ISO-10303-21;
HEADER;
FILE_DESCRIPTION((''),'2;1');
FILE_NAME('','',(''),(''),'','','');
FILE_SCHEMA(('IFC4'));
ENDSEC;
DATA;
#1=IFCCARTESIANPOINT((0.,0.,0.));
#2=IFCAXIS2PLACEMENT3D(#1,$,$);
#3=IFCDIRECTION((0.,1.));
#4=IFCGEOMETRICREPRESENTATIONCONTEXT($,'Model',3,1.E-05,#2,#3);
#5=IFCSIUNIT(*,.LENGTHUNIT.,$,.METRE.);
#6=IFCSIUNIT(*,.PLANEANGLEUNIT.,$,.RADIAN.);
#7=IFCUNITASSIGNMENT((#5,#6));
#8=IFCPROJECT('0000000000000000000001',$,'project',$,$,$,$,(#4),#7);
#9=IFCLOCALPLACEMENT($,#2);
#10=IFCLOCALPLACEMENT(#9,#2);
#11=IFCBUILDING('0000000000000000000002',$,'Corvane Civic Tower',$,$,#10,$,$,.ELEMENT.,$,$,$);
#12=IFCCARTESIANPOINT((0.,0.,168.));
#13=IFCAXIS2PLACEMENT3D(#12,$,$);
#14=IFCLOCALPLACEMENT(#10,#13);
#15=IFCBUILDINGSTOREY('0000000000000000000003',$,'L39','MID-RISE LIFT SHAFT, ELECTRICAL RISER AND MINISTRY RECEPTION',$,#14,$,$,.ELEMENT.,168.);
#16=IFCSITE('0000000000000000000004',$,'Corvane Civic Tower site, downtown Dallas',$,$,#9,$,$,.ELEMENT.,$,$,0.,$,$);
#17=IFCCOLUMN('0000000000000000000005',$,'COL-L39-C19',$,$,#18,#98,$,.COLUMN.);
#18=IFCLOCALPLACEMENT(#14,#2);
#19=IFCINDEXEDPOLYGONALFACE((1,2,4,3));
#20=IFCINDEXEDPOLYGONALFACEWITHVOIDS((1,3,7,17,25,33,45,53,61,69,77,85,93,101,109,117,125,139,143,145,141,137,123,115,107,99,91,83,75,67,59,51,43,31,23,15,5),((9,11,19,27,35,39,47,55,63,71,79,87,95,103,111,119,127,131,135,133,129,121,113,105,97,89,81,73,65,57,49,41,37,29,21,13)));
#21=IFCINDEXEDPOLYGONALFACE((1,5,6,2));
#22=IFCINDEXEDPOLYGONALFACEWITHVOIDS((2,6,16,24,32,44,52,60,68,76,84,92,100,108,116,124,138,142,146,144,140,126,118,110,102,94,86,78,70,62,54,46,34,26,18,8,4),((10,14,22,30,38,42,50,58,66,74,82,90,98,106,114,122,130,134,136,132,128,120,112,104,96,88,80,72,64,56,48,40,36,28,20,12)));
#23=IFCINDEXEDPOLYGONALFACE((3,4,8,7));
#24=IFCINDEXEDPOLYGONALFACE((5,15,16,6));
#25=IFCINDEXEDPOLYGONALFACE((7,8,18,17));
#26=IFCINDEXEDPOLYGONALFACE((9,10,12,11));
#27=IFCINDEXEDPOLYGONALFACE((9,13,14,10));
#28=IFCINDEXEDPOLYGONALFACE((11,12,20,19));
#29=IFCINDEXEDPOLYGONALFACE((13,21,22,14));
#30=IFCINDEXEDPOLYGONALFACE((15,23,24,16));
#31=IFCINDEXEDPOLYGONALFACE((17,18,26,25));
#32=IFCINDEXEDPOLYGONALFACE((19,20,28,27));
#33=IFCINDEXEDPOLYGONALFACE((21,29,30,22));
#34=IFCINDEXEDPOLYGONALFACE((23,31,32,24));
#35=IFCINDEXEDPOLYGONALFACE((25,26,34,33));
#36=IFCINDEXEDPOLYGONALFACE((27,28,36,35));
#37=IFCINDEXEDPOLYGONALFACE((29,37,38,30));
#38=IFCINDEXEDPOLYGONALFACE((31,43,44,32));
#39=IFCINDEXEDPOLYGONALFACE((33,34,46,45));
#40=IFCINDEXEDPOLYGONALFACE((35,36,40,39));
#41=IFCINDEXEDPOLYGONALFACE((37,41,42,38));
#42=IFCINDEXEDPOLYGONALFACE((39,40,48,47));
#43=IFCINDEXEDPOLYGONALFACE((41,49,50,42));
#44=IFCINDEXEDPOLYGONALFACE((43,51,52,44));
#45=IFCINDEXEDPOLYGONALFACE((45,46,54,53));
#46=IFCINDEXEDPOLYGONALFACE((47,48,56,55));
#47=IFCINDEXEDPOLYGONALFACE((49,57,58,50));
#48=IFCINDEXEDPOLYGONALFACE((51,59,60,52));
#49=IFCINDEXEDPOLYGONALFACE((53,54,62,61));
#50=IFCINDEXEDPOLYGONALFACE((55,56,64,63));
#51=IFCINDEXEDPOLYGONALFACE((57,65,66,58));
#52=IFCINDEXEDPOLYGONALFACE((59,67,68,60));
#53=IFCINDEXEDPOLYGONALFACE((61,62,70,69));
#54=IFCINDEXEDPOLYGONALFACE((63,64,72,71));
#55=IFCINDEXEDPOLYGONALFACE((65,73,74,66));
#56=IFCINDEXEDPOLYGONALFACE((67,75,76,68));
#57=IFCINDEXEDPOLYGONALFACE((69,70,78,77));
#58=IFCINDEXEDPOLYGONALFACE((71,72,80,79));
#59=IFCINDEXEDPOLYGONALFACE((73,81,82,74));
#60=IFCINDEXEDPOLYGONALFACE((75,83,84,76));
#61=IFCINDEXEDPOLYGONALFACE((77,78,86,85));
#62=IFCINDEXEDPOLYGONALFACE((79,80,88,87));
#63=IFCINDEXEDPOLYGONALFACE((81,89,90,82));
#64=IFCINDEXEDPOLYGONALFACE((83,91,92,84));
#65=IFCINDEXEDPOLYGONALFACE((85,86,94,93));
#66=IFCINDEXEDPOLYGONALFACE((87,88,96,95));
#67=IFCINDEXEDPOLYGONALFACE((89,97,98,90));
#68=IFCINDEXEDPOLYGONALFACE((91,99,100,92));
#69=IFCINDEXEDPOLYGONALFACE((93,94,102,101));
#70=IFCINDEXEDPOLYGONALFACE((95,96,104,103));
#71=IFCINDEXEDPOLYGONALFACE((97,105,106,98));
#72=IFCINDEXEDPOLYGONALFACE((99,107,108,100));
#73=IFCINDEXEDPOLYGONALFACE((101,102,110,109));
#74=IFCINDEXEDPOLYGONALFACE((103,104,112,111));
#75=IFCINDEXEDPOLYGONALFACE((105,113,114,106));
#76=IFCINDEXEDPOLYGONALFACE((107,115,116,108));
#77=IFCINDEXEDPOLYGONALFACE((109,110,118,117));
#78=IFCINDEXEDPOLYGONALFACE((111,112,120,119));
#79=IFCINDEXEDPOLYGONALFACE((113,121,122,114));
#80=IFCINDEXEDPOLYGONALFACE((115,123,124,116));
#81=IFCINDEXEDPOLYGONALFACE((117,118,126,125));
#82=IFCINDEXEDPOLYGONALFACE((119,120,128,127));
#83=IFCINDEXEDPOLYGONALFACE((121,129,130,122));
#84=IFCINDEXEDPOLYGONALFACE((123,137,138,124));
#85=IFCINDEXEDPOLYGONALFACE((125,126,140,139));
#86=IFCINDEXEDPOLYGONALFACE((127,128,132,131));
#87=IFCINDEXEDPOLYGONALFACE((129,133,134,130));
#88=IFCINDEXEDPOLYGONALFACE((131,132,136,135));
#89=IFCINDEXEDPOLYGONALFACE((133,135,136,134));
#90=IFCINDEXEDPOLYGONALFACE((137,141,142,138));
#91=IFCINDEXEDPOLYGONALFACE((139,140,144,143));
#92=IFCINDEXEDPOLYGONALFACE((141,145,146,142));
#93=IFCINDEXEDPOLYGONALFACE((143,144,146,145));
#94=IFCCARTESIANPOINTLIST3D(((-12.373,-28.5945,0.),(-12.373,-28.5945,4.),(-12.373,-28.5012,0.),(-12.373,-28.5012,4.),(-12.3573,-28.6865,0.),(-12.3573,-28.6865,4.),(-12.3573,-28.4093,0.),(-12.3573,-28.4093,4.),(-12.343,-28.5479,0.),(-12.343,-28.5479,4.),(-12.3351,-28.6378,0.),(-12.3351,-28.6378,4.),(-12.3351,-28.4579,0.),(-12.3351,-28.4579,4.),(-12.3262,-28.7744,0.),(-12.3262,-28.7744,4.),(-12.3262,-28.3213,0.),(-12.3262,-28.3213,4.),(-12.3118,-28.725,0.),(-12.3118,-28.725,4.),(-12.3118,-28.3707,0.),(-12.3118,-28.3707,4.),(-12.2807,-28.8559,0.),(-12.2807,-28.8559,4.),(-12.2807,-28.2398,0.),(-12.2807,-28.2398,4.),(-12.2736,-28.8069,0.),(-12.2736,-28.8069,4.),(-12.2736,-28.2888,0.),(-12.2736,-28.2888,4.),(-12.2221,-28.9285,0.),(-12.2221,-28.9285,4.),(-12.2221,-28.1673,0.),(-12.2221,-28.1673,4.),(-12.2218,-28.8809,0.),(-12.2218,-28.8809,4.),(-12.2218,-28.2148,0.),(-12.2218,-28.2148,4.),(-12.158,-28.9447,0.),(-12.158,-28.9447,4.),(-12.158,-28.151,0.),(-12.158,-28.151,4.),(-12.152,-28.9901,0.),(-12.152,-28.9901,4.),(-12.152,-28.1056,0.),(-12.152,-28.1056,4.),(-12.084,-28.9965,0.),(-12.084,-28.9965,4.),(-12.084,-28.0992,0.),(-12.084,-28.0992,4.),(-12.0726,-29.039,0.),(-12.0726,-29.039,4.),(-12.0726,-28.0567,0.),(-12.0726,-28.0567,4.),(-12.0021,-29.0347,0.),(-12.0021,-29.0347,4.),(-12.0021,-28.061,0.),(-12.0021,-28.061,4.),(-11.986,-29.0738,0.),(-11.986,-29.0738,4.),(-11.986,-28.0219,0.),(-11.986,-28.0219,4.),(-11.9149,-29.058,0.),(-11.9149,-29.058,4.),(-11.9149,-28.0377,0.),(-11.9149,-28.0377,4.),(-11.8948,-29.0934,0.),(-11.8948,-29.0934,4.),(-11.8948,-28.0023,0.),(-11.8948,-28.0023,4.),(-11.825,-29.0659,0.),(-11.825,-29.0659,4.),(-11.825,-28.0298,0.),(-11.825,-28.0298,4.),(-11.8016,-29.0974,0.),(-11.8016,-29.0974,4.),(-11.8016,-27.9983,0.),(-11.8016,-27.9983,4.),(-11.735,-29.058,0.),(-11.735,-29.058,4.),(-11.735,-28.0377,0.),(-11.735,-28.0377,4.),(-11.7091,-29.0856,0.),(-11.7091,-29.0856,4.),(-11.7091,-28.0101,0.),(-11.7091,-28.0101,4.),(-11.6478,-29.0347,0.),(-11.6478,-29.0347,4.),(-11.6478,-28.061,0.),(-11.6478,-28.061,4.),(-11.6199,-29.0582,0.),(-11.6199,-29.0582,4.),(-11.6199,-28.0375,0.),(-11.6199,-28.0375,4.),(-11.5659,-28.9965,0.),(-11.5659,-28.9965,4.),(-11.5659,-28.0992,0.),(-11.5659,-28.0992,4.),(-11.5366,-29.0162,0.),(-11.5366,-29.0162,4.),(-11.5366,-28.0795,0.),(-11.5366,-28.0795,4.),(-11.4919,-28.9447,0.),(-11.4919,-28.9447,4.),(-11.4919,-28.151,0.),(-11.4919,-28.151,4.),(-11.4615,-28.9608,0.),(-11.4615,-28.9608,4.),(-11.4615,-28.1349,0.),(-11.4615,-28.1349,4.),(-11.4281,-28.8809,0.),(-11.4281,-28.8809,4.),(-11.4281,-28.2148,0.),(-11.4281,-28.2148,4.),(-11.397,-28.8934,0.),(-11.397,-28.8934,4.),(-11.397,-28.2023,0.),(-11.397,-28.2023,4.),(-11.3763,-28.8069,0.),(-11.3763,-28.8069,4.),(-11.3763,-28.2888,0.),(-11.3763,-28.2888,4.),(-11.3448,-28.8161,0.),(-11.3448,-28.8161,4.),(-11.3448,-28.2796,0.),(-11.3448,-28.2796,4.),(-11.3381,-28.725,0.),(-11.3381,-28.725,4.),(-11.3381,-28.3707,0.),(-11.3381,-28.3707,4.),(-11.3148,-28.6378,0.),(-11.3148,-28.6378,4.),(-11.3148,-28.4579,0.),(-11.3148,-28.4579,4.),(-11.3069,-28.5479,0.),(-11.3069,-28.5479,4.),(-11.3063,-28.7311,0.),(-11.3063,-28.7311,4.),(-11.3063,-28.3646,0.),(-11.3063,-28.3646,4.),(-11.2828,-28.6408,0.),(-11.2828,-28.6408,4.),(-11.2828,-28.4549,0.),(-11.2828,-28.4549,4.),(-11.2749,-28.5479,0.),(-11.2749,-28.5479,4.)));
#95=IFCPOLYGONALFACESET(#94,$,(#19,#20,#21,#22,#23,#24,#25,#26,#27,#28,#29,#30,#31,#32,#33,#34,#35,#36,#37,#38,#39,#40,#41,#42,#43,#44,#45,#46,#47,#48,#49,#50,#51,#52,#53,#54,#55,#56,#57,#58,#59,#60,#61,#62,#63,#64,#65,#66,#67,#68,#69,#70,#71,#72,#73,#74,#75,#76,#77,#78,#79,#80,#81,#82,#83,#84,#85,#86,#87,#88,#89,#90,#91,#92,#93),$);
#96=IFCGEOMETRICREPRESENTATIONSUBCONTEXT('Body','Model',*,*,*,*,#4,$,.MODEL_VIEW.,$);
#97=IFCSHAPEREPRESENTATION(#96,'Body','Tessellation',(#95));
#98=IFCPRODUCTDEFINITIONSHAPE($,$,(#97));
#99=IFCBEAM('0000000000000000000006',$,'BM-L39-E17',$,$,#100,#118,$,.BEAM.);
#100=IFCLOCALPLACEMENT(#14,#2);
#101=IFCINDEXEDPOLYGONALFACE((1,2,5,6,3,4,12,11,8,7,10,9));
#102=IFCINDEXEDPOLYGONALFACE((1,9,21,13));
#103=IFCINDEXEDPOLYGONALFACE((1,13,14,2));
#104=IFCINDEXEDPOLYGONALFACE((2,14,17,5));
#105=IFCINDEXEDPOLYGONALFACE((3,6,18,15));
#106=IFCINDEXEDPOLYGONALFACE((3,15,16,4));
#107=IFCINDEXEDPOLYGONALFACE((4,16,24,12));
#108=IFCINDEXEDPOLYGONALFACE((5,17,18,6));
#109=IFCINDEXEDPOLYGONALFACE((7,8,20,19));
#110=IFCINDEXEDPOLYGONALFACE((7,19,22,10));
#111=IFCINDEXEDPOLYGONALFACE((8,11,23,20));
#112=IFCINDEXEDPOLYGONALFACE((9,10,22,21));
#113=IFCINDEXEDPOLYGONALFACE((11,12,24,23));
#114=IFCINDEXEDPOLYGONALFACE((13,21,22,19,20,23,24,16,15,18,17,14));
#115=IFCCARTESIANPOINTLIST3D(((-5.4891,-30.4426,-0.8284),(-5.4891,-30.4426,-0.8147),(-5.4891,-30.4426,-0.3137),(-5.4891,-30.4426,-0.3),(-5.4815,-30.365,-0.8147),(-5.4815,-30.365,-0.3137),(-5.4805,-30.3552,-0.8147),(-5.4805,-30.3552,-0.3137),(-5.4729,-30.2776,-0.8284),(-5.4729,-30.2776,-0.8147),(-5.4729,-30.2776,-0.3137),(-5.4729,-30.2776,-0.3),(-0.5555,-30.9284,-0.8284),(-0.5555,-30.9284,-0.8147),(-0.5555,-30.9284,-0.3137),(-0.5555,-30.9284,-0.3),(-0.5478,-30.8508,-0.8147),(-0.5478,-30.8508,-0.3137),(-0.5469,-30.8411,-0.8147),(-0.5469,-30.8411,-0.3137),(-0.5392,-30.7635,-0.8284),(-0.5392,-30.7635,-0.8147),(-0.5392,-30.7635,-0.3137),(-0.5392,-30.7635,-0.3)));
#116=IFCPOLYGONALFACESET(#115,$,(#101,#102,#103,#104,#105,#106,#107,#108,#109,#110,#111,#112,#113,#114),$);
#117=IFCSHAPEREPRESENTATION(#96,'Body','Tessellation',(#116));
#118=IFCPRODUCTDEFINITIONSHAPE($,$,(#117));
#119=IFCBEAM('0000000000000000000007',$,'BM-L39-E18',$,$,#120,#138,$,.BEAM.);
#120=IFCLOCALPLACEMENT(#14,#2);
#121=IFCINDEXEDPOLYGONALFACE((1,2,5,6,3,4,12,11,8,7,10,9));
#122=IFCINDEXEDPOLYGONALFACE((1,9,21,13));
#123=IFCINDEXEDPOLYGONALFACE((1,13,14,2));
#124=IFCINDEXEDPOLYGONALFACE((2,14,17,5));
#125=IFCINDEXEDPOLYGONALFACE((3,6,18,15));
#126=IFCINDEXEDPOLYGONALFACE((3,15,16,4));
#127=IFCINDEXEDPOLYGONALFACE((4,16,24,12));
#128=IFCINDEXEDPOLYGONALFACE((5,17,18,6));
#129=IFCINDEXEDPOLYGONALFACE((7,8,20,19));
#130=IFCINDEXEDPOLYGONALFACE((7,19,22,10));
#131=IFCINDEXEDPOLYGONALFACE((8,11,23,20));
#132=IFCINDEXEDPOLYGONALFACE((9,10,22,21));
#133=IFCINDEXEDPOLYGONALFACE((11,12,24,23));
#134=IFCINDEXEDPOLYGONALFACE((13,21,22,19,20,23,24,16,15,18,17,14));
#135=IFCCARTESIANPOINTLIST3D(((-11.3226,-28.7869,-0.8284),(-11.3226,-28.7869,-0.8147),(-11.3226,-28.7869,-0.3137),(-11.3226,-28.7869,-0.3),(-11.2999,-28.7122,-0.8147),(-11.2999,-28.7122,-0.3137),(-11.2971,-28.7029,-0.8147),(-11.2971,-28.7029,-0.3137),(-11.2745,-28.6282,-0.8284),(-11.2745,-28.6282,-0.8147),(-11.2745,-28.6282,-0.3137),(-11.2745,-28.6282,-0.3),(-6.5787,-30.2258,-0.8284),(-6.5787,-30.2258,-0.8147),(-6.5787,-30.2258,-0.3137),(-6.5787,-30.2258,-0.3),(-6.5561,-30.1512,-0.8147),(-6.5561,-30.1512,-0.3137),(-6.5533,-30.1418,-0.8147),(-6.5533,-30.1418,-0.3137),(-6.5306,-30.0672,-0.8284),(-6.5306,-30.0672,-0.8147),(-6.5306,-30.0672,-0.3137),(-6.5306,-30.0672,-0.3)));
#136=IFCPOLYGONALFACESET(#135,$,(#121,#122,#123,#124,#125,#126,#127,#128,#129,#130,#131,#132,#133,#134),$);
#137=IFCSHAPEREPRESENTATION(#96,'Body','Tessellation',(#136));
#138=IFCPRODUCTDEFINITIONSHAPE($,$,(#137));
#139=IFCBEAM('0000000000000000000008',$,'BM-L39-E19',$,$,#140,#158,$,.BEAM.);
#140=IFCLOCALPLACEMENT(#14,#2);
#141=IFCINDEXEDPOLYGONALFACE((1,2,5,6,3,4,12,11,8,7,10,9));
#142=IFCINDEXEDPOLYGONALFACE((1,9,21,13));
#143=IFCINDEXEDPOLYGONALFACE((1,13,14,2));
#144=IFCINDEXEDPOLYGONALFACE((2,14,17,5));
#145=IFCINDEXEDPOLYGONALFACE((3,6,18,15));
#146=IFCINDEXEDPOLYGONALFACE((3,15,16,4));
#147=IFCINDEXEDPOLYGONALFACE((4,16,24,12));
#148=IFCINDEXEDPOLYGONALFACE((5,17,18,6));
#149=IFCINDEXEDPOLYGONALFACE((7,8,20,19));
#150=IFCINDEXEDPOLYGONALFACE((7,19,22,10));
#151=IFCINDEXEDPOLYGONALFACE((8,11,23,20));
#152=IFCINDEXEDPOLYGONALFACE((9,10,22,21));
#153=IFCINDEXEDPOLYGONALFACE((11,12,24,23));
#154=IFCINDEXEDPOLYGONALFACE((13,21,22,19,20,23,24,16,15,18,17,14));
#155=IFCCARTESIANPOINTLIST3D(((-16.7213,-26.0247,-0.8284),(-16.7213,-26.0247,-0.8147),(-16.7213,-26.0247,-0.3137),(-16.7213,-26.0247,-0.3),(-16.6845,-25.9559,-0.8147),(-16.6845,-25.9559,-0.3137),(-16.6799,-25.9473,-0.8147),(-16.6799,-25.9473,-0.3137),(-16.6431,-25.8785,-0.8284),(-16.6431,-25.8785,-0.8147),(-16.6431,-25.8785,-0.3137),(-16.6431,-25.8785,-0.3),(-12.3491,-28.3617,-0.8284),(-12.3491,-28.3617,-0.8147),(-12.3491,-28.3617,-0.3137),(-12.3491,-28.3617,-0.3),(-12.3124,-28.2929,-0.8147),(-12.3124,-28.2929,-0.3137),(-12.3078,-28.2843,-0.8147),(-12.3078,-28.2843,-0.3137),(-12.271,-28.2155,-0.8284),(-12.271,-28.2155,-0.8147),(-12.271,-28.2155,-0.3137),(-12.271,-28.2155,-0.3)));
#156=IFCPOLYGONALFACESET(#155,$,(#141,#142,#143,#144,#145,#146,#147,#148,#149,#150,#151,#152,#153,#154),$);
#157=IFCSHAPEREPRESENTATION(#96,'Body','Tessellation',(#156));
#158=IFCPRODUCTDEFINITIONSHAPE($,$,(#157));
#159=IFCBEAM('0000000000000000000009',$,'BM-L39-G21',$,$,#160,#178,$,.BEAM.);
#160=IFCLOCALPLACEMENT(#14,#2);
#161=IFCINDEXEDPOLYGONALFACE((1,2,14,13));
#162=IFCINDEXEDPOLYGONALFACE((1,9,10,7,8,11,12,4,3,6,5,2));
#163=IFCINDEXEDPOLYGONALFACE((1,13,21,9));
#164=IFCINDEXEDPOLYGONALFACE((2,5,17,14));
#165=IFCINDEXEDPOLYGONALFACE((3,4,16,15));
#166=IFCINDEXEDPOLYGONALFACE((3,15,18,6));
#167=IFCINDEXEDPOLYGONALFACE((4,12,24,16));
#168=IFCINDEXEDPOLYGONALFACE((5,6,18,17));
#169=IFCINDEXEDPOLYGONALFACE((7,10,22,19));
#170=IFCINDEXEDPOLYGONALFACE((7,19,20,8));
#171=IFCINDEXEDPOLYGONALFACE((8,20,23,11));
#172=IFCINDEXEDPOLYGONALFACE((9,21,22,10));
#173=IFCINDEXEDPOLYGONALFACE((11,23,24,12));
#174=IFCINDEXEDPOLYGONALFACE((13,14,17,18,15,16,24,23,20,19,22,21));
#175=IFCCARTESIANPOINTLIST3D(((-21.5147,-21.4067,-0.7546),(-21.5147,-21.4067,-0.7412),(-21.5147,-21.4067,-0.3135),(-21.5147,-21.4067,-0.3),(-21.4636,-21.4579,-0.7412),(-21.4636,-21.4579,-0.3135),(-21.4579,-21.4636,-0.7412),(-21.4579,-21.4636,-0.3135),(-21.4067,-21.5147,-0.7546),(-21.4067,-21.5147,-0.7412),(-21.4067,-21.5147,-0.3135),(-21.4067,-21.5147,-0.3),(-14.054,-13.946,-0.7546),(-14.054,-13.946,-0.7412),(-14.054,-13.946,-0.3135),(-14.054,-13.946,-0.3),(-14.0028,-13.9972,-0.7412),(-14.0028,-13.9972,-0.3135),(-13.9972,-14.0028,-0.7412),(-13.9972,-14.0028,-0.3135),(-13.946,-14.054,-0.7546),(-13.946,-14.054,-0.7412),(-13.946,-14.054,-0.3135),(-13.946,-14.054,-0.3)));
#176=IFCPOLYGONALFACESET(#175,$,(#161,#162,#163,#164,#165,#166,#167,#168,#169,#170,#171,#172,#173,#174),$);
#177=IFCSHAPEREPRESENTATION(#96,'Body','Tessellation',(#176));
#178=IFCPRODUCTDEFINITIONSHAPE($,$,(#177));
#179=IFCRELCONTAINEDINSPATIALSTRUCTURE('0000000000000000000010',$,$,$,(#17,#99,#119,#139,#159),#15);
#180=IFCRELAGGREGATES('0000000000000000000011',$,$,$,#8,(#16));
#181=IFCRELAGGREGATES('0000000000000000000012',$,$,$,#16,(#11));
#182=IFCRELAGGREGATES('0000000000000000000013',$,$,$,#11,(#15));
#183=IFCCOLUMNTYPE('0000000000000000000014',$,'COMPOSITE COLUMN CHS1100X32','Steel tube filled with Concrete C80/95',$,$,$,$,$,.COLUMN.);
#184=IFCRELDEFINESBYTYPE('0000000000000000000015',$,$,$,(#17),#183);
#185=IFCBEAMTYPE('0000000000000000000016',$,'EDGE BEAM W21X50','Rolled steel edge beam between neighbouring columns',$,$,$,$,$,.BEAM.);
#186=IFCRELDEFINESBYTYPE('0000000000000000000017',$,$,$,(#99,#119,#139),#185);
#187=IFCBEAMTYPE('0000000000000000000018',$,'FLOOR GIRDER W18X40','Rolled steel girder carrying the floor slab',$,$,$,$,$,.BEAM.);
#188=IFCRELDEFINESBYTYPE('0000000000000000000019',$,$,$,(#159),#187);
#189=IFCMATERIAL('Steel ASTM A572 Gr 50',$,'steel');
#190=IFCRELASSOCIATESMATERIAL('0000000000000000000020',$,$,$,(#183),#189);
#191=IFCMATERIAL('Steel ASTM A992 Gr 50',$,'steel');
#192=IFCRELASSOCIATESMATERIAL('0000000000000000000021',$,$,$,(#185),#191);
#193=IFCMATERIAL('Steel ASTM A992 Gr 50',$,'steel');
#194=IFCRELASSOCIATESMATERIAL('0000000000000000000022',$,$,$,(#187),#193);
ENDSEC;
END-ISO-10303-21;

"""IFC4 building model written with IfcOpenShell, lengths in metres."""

from ifc_helpers import new_model, si_unit, direction, frame, origin, origin_2d, place, context, subcontext, project, spatial, hollow_circle, i_section, extrude, material, material_profile, profile_set, type_object, element, save


model = new_model("IFC4")

# Units and contexts
model_context = context("Model", 3, precision=1e-05, world=origin(), true_north=direction((0.0, 1.0)))
body_context = subcontext(model_context, "Body", "Model", "MODEL_VIEW")
ifc_project = project(units=[si_unit("LENGTHUNIT", "METRE"), si_unit("PLANEANGLEUNIT", "RADIAN")], contexts=[model_context])

# Site, building, storey
site_placement = place(None, origin())
site = spatial("IfcSite", under=ifc_project, at=site_placement, Name="Corvane Civic Tower site, downtown Dallas", CompositionType="ELEMENT", RefElevation=0.0)
building_placement = place(site_placement, origin())
building = spatial("IfcBuilding", under=site, at=building_placement, Name="Corvane Civic Tower", CompositionType="ELEMENT")
storey_placement = place(building_placement, frame((0.0, 0.0, 168.0)))
storey = spatial("IfcBuildingStorey", under=building, at=storey_placement, Name="L39", Description="MID-RISE LIFT SHAFT, ELECTRICAL RISER AND MINISTRY RECEPTION", CompositionType="ELEMENT", Elevation=168.0)

# Column
ifc_material_1 = material(Name="Steel ASTM A572 Gr 50", Category="steel")
ifc_material_profile_1 = material_profile(ifc_material_1, hollow_circle(Radius=0.55, WallThickness=0.032, at=origin_2d()), Name="CHS1100X32")
ifc_profile_set_1 = profile_set([ifc_material_profile_1], Name="Steel ASTM A572 Gr 50")
column_type = type_object("IfcColumnType", Name="COMPOSITE COLUMN CHS1100X32", Description="Steel tube filled with Concrete C80/95", PredefinedType="COLUMN", material=ifc_profile_set_1)
for number, where, z_axis, x_axis, name in (
    (1, (-11.825, -28.5479, 0.0), (0.0, 0.0, 1.0), (1.0, 0.0, 0.0), "COL-L39-C19"),
):
    element("IfcColumn", number, at=place(storey_placement, frame(where, z_axis=z_axis, x_axis=x_axis)), inside=storey, type_object=column_type, Name=name, PredefinedType="COLUMN", context=body_context, shape_type="SweptSolid", body=[
        extrude(hollow_circle(Radius=0.55, WallThickness=0.032, at=origin_2d()), origin(), (0.0, 0.0, 1.0), 4.0),
    ])

# Beams
ifc_material_2 = material(Name="Steel ASTM A992 Gr 50", Category="steel")
ifc_material_profile_2 = material_profile(ifc_material_2, i_section(OverallWidth=0.1658, OverallDepth=0.5283, WebThickness=0.0098, FlangeThickness=0.0137, at=origin_2d()), Name="W21X50")
ifc_profile_set_2 = profile_set([ifc_material_profile_2], Name="Steel ASTM A992 Gr 50")
beam_type_1 = type_object("IfcBeamType", Name="EDGE BEAM W21X50", Description="Rolled steel edge beam between neighbouring columns", PredefinedType="BEAM", material=ifc_profile_set_2)
beam_1_placement = place(storey_placement, frame((-0.5474, -30.8459, -0.5642), z_axis=(-0.995186, 0.098002, 0.0), x_axis=(-0.098002, -0.995186, 0.0)))
element("IfcBeam", 2, at=beam_1_placement, inside=storey, type_object=beam_type_1, Name="BM-L39-E17", PredefinedType="BEAM", context=body_context, shape_type="SweptSolid", body=[
    extrude(i_section(OverallWidth=0.1658, OverallDepth=0.5283, WebThickness=0.0098, FlangeThickness=0.0137, at=origin_2d()), origin(), (0.0, 0.0, 1.0), 4.9575),
])
beam_2_placement = place(storey_placement, frame((-6.5547, -30.1465, -0.5642), z_axis=(-0.956945, 0.29027, 0.0), x_axis=(-0.29027, -0.956945, 0.0)))
element("IfcBeam", 3, at=beam_2_placement, inside=storey, type_object=beam_type_1, Name="BM-L39-E18", PredefinedType="BEAM", context=body_context, shape_type="SweptSolid", body=[
    extrude(i_section(OverallWidth=0.1658, OverallDepth=0.5283, WebThickness=0.0098, FlangeThickness=0.0137, at=origin_2d()), origin(), (0.0, 0.0, 1.0), 4.9573),
])
beam_3_placement = place(storey_placement, frame((-12.3101, -28.2886, -0.5642), z_axis=(-0.881922, 0.471396, 0.0), x_axis=(-0.471396, -0.881922, 0.0)))
element("IfcBeam", 4, at=beam_3_placement, inside=storey, type_object=beam_type_1, Name="BM-L39-E19", PredefinedType="BEAM", context=body_context, shape_type="SweptSolid", body=[
    extrude(i_section(OverallWidth=0.1658, OverallDepth=0.5283, WebThickness=0.0098, FlangeThickness=0.0137, at=origin_2d()), origin(), (0.0, 0.0, 1.0), 4.9575),
])
ifc_material_3 = material(Name="Steel ASTM A992 Gr 50", Category="steel")
ifc_material_profile_3 = material_profile(ifc_material_3, i_section(OverallWidth=0.1528, OverallDepth=0.4546, WebThickness=0.0081, FlangeThickness=0.0134, at=origin_2d()), Name="W18X40")
ifc_profile_set_3 = profile_set([ifc_material_profile_3], Name="Steel ASTM A992 Gr 50")
beam_type_2 = type_object("IfcBeamType", Name="FLOOR GIRDER W18X40", Description="Rolled steel girder carrying the floor slab", PredefinedType="BEAM", material=ifc_profile_set_3)
beam_4_placement = place(storey_placement, frame((-14.0, -14.0, -0.5273), z_axis=(-0.707107, -0.707107, 0.0), x_axis=(0.707107, -0.707107, 0.0)))
element("IfcBeam", 5, at=beam_4_placement, inside=storey, type_object=beam_type_2, Name="BM-L39-G21", PredefinedType="BEAM", context=body_context, shape_type="SweptSolid", body=[
    extrude(i_section(OverallWidth=0.1528, OverallDepth=0.4546, WebThickness=0.0081, FlangeThickness=0.0134, at=origin_2d()), origin(), (0.0, 0.0, 1.0), 10.551),
])

save(model, "model.ifc")
